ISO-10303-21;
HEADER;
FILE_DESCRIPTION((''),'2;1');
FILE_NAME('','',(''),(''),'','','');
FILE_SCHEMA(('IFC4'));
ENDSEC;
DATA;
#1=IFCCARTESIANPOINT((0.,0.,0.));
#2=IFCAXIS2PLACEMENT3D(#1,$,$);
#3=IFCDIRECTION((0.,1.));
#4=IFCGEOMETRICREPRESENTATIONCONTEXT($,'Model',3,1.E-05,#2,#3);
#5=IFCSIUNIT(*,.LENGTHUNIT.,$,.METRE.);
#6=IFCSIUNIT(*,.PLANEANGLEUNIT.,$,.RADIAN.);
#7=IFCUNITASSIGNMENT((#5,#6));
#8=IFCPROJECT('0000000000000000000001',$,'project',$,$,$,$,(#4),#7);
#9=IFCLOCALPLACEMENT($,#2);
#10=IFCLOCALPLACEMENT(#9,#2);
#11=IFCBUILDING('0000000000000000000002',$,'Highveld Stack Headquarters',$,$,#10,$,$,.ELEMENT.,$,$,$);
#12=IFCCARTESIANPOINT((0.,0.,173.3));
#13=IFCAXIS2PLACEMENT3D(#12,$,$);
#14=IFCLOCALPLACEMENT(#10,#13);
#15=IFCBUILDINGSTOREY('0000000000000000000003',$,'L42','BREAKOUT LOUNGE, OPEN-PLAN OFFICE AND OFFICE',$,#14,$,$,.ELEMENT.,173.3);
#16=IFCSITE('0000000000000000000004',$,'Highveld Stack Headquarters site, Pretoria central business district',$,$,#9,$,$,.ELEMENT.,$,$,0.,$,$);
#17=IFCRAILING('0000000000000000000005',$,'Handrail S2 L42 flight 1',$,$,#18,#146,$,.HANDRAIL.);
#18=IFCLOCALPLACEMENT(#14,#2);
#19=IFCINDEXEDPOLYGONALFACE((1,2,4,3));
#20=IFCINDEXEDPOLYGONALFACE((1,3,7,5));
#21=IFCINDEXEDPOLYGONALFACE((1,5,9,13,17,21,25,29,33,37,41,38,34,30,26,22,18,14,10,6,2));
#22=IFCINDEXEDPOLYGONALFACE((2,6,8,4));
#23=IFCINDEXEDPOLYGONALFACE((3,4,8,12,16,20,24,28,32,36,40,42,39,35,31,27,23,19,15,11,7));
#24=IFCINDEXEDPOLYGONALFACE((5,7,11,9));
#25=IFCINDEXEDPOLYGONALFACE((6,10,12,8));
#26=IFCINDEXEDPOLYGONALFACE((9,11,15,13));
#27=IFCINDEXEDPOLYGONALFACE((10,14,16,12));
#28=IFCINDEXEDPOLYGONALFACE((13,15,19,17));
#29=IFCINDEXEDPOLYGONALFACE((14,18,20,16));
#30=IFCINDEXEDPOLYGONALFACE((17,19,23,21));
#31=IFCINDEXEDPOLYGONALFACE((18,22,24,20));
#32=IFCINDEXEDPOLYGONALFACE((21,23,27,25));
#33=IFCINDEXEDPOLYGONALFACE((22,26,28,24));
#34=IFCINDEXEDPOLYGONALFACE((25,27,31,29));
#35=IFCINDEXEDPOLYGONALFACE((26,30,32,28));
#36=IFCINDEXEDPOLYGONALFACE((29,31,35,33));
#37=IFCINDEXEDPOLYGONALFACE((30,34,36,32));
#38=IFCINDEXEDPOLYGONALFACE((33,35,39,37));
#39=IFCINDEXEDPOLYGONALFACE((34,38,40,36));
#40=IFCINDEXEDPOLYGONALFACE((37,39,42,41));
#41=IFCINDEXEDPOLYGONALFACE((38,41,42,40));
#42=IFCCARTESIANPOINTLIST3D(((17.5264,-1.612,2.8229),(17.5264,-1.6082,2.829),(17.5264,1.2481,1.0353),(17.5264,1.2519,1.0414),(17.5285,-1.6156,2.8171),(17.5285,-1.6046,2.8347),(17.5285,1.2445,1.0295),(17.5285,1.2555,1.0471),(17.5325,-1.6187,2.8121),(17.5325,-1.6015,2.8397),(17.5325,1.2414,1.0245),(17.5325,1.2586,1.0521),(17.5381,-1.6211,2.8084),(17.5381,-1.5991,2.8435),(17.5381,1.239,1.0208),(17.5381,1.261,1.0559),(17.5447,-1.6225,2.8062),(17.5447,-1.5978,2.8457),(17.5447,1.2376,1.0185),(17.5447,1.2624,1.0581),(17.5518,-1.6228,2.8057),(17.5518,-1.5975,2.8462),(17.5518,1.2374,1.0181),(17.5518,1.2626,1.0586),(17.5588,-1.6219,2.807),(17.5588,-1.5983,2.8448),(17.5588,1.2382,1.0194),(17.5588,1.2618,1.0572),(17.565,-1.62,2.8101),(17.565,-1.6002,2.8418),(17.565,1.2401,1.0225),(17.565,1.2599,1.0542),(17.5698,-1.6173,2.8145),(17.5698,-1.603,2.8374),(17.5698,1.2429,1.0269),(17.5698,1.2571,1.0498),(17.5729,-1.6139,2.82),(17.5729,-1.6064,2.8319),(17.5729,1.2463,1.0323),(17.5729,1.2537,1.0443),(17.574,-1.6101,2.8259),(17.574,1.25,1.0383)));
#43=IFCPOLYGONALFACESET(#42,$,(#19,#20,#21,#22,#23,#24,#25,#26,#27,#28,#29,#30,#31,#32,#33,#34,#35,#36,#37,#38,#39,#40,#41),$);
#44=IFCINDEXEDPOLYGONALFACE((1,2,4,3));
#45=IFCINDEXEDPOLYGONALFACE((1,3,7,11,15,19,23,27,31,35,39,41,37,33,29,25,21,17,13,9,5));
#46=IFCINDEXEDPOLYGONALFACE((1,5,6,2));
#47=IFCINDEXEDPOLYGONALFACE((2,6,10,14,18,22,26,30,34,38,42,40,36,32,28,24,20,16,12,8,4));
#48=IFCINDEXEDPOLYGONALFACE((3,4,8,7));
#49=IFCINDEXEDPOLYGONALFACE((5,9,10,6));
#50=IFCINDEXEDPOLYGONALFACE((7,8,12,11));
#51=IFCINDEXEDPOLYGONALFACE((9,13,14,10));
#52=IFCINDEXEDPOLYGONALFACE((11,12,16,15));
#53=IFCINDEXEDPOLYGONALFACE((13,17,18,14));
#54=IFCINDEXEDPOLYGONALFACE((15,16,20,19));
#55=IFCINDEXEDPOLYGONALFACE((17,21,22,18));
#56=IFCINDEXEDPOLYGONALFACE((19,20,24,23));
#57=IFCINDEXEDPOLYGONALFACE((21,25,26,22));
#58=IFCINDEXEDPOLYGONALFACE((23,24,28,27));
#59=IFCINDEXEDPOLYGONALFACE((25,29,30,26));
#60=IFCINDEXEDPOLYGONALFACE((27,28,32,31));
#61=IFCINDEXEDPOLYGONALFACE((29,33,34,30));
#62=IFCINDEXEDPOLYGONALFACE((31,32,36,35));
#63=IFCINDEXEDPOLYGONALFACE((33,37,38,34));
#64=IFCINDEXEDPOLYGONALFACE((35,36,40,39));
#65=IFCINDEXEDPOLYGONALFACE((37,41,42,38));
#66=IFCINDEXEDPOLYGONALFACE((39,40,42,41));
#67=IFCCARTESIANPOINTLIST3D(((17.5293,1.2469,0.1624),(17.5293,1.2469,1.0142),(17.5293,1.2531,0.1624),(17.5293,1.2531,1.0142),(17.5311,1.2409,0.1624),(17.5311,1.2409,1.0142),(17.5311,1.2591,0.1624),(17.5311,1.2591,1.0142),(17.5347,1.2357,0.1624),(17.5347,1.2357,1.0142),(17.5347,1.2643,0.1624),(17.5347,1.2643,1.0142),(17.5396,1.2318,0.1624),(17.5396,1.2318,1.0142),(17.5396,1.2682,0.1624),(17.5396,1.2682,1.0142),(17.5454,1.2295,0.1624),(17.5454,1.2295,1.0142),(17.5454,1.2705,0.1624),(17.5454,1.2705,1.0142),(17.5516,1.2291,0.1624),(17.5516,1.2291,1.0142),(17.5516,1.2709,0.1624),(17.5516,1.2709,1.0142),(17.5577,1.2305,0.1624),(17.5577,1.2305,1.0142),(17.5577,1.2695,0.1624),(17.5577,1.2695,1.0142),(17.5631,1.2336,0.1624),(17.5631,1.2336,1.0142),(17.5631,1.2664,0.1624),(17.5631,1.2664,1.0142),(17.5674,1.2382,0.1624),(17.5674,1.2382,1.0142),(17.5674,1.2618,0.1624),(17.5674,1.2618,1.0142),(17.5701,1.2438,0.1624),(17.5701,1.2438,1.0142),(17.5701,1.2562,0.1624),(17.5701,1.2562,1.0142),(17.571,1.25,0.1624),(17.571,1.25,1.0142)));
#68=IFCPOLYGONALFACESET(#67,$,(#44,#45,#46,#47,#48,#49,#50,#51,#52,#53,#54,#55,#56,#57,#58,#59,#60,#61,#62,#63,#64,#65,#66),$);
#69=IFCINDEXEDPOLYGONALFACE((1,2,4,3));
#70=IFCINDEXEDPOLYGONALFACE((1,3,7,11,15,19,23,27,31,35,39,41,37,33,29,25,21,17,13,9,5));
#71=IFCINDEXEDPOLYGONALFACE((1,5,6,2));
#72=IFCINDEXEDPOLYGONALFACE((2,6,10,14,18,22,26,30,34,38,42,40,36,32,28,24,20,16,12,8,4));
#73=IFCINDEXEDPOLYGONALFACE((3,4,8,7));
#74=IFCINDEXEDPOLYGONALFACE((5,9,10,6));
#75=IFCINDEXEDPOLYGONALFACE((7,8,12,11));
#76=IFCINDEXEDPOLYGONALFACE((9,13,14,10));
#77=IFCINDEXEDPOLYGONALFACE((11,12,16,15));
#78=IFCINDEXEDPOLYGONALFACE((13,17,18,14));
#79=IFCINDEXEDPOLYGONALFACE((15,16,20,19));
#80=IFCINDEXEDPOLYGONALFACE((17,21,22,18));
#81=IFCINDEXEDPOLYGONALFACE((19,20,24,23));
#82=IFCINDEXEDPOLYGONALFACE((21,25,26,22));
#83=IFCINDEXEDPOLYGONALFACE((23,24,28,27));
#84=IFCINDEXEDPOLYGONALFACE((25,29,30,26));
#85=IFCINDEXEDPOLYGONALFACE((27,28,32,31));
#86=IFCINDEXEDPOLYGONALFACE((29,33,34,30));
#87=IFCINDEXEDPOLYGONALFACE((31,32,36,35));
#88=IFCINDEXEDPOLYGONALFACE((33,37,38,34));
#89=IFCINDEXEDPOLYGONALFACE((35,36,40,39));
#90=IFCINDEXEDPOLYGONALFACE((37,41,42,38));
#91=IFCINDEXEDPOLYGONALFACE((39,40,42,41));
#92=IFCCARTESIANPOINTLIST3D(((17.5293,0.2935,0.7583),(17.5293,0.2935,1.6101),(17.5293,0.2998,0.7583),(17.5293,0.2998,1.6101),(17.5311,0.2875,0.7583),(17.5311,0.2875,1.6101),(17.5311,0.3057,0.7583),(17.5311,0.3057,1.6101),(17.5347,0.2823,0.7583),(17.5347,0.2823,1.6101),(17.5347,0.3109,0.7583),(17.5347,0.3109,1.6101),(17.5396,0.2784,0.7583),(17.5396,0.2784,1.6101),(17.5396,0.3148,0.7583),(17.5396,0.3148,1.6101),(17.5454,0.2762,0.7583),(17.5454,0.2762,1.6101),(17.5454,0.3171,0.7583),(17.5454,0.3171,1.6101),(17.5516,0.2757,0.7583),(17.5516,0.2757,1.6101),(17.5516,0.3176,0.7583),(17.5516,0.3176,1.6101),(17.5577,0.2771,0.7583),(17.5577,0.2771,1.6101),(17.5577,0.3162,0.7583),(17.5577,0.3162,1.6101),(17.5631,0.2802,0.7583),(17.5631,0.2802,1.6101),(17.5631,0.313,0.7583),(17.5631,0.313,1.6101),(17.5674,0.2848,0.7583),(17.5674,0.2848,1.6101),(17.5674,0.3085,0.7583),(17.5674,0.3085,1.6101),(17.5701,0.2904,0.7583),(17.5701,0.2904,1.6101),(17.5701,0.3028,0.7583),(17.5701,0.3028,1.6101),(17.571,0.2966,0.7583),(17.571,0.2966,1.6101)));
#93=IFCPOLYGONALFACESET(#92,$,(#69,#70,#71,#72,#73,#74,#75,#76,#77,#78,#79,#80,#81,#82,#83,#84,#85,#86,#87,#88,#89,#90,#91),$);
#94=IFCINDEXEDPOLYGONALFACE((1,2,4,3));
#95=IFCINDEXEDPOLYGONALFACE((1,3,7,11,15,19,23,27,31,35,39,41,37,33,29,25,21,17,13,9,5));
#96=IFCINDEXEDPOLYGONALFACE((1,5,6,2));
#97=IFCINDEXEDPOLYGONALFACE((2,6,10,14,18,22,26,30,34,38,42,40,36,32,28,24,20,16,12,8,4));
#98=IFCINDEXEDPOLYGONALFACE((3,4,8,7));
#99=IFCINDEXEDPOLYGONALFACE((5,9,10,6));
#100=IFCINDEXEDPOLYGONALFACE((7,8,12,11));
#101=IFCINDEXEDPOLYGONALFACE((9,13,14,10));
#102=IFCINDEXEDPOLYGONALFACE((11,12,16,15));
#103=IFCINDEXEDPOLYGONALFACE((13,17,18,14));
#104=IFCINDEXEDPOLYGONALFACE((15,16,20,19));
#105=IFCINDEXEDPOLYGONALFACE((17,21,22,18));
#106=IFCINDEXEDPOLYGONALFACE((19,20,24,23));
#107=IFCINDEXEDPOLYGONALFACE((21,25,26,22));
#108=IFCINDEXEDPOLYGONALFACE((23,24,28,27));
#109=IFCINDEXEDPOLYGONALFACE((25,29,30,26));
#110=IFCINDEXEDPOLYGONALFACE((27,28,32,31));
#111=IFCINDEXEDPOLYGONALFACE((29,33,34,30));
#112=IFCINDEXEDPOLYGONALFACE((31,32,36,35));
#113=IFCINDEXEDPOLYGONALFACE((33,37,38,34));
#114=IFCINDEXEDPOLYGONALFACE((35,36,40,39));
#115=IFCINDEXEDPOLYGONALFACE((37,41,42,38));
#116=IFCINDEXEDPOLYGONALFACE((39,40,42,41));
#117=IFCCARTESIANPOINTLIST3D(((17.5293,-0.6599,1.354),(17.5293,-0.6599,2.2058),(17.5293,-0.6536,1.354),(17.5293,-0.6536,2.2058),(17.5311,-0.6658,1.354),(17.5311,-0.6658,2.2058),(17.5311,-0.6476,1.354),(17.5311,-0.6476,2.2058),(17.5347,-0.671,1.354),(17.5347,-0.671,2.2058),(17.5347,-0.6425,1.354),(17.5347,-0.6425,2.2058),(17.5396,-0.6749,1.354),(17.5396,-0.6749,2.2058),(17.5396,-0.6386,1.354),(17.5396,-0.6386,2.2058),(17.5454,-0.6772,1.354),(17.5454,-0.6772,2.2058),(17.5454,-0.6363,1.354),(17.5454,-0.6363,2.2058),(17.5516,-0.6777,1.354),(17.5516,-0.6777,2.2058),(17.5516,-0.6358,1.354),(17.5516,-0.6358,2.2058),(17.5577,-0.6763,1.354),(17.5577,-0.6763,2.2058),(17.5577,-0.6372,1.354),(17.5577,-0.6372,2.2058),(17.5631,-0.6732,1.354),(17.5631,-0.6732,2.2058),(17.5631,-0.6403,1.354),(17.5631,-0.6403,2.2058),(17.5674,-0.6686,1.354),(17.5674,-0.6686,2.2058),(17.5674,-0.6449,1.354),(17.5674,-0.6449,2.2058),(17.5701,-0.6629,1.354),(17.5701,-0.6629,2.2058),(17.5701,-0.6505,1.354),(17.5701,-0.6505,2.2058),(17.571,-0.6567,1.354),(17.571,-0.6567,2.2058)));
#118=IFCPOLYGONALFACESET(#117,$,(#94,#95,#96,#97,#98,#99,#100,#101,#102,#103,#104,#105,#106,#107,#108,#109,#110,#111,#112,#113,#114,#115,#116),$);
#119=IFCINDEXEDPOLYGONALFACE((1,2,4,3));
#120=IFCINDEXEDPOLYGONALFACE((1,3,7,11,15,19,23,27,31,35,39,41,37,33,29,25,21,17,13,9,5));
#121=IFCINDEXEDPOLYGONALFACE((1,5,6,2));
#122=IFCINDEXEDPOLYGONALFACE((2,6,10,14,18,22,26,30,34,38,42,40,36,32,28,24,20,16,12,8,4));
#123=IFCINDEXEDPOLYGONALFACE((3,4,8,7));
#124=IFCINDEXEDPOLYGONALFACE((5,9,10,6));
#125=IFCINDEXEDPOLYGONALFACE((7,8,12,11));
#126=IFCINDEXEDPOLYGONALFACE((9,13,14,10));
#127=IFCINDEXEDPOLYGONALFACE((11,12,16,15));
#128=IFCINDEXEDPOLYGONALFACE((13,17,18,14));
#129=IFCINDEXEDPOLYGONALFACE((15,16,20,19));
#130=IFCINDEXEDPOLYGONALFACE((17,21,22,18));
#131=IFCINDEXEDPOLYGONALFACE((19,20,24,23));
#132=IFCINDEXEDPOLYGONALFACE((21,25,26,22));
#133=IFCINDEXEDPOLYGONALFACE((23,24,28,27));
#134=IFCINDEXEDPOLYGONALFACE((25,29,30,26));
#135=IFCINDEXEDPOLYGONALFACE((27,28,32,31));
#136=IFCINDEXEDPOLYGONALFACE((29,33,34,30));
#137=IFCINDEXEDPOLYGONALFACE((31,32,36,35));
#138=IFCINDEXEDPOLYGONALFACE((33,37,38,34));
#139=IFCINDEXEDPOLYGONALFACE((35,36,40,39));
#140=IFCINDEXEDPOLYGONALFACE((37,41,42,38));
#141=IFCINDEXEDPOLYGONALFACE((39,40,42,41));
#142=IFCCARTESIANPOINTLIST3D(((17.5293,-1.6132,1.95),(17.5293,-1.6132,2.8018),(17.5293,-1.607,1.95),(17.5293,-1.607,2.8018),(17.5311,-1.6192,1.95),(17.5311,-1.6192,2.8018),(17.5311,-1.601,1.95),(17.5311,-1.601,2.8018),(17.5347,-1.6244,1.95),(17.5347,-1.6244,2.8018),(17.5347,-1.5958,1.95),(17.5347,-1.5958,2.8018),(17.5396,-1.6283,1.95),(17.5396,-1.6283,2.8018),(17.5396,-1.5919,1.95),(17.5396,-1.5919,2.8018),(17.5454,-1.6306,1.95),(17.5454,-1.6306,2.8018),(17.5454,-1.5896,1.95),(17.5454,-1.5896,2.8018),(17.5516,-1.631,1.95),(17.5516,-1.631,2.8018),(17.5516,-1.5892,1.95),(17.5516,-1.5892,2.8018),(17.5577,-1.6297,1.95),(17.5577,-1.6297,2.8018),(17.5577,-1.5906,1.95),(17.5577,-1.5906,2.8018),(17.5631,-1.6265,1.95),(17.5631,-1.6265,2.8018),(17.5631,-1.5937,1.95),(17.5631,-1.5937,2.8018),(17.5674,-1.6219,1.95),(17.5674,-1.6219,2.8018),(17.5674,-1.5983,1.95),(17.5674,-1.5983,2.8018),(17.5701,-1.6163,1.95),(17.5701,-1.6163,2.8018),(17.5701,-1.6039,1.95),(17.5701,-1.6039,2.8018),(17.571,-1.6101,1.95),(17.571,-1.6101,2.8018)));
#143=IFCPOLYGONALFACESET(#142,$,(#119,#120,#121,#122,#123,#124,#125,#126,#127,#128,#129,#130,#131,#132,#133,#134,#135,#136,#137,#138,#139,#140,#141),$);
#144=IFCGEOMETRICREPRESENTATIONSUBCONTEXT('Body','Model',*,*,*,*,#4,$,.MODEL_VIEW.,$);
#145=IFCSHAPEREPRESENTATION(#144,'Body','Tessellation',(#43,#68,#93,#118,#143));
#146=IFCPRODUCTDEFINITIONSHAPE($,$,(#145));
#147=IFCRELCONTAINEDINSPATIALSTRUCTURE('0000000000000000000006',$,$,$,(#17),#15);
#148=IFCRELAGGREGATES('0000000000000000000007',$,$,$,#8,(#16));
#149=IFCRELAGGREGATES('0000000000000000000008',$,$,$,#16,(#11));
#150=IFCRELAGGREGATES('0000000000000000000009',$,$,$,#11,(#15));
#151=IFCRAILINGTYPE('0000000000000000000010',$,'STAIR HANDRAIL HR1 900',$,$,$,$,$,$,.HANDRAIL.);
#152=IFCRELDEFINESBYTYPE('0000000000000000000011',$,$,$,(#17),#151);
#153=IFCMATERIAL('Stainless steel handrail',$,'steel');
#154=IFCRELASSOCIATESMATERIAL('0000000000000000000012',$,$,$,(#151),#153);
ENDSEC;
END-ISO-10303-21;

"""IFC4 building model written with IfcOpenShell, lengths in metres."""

from ifc_helpers import new_model, si_unit, direction, frame, origin, origin_2d, place, context, subcontext, project, spatial, circle, extrude, material, type_object, element, save


model = new_model("IFC4")

# Units and contexts
model_context = context("Model", 3, precision=1e-05, world=origin(), true_north=direction((0.0, 1.0)))
body_context = subcontext(model_context, "Body", "Model", "MODEL_VIEW")
ifc_project = project(units=[si_unit("LENGTHUNIT", "METRE"), si_unit("PLANEANGLEUNIT", "RADIAN")], contexts=[model_context])

# Site, building, storey
site_placement = place(None, origin())
site = spatial("IfcSite", under=ifc_project, at=site_placement, Name="Highveld Stack Headquarters site, Pretoria central business district", CompositionType="ELEMENT", RefElevation=0.0)
building_placement = place(site_placement, origin())
building = spatial("IfcBuilding", under=site, at=building_placement, Name="Highveld Stack Headquarters", CompositionType="ELEMENT")
storey_placement = place(building_placement, frame((0.0, 0.0, 173.3)))
storey = spatial("IfcBuildingStorey", under=building, at=storey_placement, Name="L42", Description="BREAKOUT LOUNGE, OPEN-PLAN OFFICE AND OFFICE", CompositionType="ELEMENT", Elevation=173.3)

# Railing
ifc_material_1 = material(Name="Stainless steel handrail", Category="steel")
railing_type = type_object("IfcRailingType", Name="STAIR HANDRAIL HR1 900", PredefinedType="HANDRAIL", material=ifc_material_1)
for number, where, name in (
    (1, (17.55, 1.25, 0.1624), "Handrail S2 L42 flight 1"),
):
    element("IfcRailing", number, at=place(storey_placement, frame(where)), inside=storey, type_object=railing_type, Name=name, PredefinedType="HANDRAIL", context=body_context, shape_type="SweptSolid", body=[
        extrude(circle(Radius=0.0239, at=origin_2d()), frame((0.0, 0.0, 0.876), z_axis=(0.0, -0.847994, 0.530005), x_axis=(1.0, 0.0, 0.0)), (0.0, 0.0, 1.0), 3.3728),
        extrude(circle(Radius=0.021, at=origin_2d()), origin(), (0.0, 0.0, 1.0), 0.8518),
        extrude(circle(Radius=0.021, at=origin_2d()), frame((0.0, -0.9534, 0.5959)), (0.0, 0.0, 1.0), 0.8518),
        extrude(circle(Radius=0.021, at=origin_2d()), frame((0.0, -1.9067, 1.1917)), (0.0, 0.0, 1.0), 0.8518),
        extrude(circle(Radius=0.021, at=origin_2d()), frame((0.0, -2.8601, 1.7876)), (0.0, 0.0, 1.0), 0.8518),
    ])

save(model, "model.ifc")
